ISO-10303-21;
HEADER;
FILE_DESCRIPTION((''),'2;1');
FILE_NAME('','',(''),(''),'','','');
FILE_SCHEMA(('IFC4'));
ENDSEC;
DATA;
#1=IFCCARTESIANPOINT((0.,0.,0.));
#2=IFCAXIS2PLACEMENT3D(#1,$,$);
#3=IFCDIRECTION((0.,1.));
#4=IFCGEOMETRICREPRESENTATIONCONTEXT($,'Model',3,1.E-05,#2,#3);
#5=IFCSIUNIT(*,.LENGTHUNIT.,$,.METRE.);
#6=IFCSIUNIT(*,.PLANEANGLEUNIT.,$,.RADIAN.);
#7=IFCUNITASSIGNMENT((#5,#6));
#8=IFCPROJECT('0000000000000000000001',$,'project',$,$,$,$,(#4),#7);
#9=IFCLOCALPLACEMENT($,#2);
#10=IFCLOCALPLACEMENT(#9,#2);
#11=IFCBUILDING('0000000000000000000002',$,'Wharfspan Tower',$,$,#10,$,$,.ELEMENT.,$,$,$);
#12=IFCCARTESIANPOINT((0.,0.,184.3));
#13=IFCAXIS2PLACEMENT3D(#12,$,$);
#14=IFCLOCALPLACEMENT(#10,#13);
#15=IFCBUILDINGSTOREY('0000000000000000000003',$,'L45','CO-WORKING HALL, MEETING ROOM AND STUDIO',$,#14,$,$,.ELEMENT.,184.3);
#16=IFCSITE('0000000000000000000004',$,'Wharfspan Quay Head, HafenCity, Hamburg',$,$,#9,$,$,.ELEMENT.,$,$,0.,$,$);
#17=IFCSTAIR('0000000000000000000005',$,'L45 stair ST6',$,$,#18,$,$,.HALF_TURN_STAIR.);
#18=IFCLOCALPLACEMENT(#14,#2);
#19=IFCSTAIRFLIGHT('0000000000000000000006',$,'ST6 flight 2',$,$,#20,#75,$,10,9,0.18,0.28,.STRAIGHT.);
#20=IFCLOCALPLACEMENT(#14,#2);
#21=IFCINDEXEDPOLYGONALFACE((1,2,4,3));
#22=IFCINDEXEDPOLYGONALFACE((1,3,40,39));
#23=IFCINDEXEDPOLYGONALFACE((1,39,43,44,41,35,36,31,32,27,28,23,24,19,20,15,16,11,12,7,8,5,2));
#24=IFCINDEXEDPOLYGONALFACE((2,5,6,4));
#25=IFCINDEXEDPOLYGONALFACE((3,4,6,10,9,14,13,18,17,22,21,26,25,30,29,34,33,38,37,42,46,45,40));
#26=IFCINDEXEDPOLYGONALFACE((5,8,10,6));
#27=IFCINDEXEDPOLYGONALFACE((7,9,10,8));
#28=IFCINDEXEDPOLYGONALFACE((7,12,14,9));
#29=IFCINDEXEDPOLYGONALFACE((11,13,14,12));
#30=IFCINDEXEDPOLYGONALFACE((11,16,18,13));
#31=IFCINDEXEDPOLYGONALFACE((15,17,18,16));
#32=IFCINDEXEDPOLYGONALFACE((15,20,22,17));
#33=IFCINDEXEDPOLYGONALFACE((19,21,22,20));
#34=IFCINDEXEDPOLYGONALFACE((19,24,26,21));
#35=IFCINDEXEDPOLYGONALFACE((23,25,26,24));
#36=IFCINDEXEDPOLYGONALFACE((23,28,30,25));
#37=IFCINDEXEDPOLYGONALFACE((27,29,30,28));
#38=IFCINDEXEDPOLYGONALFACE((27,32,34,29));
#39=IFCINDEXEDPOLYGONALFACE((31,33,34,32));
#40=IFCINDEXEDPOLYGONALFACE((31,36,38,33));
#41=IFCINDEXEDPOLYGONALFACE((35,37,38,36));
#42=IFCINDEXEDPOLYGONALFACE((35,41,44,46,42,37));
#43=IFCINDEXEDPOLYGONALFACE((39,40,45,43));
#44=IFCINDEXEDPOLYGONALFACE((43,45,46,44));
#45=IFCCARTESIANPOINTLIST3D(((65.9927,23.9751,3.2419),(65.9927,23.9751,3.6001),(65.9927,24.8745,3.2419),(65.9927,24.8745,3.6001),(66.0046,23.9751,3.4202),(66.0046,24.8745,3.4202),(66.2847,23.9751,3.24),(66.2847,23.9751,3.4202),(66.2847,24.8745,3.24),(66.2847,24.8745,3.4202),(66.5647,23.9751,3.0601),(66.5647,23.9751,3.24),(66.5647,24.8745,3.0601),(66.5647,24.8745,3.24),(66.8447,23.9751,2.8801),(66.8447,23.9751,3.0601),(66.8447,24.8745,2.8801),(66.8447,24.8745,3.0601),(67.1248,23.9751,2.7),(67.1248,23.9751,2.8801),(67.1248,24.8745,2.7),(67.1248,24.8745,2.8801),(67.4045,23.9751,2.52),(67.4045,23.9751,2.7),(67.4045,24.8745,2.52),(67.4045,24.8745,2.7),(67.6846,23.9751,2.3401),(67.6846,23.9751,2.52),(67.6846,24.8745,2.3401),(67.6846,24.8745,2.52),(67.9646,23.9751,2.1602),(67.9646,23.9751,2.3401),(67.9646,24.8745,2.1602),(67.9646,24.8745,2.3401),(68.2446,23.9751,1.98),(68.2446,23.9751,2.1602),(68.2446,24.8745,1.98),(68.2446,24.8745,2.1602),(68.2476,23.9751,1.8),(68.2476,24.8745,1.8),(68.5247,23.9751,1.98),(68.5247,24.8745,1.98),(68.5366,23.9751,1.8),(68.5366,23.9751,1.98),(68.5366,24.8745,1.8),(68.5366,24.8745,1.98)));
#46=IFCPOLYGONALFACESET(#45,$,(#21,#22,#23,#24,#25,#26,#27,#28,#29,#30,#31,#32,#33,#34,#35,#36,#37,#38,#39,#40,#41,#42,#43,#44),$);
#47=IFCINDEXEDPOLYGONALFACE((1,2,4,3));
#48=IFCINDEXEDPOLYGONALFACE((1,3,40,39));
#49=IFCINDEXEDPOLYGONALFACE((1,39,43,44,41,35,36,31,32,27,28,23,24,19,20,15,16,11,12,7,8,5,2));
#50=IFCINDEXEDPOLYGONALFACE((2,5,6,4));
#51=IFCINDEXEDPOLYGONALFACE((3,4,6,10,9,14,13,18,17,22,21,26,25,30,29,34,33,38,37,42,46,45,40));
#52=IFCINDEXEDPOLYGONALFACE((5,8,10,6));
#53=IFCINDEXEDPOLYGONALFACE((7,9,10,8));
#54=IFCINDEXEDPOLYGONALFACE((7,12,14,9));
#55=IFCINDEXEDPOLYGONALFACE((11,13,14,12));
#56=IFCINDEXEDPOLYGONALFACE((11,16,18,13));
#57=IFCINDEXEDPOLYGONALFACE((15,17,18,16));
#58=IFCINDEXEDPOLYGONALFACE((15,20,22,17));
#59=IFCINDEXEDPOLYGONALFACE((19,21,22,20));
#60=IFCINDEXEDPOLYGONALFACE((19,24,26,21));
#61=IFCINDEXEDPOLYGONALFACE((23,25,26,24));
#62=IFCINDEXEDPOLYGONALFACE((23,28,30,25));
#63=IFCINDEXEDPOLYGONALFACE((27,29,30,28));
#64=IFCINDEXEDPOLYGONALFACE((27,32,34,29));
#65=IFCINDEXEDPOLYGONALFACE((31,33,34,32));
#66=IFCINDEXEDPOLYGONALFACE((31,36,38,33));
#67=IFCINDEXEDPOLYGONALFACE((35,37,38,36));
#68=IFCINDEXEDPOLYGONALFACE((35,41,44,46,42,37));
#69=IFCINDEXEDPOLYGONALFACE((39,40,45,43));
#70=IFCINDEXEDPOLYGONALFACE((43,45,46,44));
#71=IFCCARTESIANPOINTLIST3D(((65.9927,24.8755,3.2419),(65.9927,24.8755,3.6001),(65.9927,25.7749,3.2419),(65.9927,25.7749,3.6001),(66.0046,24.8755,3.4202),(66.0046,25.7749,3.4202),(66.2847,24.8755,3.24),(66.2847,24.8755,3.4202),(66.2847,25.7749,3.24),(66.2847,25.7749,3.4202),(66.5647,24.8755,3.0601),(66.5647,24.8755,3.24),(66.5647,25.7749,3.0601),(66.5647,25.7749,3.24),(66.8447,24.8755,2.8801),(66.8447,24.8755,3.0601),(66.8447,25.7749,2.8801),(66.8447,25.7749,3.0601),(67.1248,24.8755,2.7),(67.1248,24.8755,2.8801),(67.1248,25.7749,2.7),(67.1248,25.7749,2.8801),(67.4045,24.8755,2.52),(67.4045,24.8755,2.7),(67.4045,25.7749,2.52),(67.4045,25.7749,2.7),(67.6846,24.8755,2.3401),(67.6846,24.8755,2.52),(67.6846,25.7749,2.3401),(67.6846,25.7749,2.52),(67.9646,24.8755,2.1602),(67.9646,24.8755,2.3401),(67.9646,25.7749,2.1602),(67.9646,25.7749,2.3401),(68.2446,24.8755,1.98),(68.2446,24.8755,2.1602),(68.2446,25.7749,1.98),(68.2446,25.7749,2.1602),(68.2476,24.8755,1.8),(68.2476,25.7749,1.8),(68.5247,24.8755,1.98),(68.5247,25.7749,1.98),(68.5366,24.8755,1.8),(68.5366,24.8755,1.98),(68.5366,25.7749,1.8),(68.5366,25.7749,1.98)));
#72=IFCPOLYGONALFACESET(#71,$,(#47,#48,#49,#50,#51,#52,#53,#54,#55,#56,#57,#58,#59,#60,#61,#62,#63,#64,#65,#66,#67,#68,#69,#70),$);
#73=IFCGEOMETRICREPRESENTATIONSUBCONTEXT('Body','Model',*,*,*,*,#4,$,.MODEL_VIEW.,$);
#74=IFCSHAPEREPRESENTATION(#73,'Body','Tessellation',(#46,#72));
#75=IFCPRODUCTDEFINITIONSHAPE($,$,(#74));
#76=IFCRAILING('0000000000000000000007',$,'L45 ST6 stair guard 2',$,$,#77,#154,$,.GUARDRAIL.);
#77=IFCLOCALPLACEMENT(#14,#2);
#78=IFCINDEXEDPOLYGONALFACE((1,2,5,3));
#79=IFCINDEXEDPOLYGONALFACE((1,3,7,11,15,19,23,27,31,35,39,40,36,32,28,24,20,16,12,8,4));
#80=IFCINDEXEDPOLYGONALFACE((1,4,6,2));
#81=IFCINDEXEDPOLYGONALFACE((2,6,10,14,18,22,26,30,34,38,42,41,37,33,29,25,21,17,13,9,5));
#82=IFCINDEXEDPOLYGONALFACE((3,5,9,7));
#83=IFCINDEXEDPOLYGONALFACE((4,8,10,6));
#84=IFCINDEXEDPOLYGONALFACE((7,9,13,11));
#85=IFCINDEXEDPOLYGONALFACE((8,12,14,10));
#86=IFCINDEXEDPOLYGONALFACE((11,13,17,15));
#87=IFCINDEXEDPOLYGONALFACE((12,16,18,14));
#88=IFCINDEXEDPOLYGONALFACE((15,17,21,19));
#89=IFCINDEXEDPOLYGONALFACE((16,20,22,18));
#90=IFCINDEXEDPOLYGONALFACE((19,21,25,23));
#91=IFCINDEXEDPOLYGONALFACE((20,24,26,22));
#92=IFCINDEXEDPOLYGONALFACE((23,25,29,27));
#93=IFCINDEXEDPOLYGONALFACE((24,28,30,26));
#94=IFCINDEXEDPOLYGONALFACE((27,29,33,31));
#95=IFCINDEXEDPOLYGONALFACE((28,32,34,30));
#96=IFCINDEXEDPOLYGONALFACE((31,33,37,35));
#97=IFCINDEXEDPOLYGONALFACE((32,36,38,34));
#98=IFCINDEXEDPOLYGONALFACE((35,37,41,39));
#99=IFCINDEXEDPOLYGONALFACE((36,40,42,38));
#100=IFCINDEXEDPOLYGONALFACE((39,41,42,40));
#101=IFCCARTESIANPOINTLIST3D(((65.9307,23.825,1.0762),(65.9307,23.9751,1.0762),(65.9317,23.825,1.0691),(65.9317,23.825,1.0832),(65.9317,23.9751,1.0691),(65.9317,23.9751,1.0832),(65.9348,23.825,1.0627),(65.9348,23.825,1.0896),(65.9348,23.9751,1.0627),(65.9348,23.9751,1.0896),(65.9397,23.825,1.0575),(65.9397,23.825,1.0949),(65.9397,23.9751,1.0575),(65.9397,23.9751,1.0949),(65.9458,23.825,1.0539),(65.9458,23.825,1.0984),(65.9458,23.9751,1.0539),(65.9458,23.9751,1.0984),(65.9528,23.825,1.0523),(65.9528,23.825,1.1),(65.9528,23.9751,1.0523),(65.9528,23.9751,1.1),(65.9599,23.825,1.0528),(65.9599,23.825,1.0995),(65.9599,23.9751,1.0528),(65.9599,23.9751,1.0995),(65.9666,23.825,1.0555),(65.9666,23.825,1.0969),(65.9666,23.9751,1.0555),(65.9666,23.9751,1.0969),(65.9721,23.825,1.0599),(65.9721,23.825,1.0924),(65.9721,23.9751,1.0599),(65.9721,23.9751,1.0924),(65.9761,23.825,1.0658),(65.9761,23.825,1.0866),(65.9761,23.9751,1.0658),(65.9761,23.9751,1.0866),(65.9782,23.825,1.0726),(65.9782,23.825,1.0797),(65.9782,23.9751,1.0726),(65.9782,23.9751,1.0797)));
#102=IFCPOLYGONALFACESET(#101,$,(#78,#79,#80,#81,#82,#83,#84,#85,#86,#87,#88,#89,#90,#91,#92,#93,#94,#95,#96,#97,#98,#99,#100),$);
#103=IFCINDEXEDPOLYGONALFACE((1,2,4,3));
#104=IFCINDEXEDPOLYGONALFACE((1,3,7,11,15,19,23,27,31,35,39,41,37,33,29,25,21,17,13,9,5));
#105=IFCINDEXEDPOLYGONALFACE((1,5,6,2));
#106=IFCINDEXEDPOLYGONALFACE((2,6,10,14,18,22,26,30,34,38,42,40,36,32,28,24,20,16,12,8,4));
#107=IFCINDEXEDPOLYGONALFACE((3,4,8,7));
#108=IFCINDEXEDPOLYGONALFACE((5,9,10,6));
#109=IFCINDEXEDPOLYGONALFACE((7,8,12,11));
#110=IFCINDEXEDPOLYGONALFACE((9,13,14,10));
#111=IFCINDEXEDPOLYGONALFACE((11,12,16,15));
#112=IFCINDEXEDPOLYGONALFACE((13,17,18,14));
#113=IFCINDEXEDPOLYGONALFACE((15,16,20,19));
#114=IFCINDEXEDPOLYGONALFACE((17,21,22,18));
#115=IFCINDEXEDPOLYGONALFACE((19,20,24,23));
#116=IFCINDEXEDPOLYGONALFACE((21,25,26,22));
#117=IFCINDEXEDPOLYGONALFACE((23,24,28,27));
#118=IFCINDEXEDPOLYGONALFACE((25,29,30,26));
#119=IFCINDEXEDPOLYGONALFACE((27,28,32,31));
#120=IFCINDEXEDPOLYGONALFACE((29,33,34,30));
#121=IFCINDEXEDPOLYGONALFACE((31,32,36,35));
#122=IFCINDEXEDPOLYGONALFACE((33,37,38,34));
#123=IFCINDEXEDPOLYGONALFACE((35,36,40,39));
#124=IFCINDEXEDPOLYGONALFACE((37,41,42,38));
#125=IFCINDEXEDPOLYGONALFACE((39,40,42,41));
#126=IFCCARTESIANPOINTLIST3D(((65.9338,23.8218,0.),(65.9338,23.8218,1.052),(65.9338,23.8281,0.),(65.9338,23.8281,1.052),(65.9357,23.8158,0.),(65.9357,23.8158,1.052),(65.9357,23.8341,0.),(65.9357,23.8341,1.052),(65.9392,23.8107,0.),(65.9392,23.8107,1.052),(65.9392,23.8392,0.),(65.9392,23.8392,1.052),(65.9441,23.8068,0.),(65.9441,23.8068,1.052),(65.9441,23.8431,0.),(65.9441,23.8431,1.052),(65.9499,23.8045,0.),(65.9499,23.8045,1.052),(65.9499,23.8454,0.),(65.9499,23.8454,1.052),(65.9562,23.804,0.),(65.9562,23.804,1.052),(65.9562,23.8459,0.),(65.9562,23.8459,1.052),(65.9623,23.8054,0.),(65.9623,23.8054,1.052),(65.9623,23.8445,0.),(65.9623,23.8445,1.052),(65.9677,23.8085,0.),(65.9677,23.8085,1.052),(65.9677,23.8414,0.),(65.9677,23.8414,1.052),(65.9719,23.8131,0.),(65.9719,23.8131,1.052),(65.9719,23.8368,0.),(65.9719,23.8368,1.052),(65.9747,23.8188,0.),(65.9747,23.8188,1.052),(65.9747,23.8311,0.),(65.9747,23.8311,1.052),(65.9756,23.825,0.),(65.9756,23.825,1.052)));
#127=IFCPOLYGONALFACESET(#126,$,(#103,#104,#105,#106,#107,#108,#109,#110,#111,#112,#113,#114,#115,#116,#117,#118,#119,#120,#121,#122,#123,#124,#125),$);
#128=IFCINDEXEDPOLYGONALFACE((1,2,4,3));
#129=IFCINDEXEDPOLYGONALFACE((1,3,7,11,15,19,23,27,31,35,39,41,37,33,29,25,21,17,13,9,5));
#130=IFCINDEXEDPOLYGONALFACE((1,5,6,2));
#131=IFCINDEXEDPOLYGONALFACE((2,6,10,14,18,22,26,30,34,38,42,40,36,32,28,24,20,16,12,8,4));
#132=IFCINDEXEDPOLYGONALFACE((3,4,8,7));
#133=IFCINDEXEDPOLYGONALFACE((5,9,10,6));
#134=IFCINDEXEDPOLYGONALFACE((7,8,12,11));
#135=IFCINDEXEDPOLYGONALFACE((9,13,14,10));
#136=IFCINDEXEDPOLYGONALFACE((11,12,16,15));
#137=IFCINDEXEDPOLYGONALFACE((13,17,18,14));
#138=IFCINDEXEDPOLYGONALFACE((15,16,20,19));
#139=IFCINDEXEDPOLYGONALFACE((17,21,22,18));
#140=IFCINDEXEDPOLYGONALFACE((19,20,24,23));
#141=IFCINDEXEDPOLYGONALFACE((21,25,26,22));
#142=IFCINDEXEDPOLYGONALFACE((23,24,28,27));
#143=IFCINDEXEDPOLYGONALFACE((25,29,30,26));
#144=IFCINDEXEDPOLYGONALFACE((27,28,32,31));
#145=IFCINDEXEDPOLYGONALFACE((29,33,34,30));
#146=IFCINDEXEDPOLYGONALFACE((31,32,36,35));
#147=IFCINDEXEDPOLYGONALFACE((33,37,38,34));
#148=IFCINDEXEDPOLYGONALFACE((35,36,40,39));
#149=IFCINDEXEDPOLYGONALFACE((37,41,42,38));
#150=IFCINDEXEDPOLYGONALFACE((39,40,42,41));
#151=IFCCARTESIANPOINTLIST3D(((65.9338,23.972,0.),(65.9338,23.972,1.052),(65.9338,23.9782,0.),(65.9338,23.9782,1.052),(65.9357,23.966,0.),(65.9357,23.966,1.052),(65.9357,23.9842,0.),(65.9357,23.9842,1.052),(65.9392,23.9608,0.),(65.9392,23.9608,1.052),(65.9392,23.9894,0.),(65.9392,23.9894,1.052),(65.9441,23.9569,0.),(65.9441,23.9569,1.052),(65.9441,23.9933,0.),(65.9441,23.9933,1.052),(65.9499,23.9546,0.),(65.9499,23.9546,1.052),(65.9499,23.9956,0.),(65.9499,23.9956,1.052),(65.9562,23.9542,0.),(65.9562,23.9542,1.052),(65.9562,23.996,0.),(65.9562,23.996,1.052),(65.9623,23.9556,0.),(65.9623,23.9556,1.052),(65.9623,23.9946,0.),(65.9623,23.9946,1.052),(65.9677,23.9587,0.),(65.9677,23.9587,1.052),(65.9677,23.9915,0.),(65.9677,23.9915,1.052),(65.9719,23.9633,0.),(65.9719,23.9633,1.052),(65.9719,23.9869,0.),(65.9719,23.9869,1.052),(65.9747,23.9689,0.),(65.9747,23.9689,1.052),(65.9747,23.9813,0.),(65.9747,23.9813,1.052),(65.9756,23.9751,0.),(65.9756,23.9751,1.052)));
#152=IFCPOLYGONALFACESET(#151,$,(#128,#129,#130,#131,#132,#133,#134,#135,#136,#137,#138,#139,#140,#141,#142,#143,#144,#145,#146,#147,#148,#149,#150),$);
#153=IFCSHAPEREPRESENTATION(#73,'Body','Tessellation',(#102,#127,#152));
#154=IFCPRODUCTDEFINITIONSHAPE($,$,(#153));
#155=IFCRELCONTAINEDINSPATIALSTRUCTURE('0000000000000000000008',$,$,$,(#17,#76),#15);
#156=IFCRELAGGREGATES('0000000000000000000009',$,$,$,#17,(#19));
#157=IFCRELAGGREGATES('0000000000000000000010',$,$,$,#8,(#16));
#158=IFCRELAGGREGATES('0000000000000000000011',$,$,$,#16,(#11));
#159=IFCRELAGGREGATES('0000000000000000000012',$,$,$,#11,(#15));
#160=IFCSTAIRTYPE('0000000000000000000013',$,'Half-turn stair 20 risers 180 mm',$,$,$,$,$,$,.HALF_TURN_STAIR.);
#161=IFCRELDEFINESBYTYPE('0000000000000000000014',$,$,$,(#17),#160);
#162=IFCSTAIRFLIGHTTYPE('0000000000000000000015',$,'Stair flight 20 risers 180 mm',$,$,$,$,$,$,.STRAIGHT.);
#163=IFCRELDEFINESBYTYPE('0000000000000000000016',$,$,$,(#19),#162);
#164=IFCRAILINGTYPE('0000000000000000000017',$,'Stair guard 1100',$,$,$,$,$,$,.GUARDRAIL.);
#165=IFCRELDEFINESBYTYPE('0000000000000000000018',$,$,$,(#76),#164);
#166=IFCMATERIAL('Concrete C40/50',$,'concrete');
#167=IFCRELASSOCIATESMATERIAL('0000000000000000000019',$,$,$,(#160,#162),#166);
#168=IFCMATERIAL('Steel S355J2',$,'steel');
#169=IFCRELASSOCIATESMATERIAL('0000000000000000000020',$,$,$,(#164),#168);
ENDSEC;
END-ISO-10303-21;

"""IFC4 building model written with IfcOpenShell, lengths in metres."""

from ifc_helpers import new_model, si_unit, direction, frame, origin, origin_2d, place, context, subcontext, project, spatial, polyline, circle, outline, extrude, material, type_object, element, aggregate, save


model = new_model("IFC4")

# Units and contexts
model_context = context("Model", 3, precision=1e-05, world=origin(), true_north=direction((0.0, 1.0)))
body_context = subcontext(model_context, "Body", "Model", "MODEL_VIEW")
ifc_project = project(units=[si_unit("LENGTHUNIT", "METRE"), si_unit("PLANEANGLEUNIT", "RADIAN")], contexts=[model_context])

# Site, building, storey
site_placement = place(None, origin())
site = spatial("IfcSite", under=ifc_project, at=site_placement, Name="Wharfspan Quay Head, HafenCity, Hamburg", CompositionType="ELEMENT", RefElevation=0.0)
building_placement = place(site_placement, origin())
building = spatial("IfcBuilding", under=site, at=building_placement, Name="Wharfspan Tower", CompositionType="ELEMENT")
storey_placement = place(building_placement, frame((0.0, 0.0, 184.3)))
storey = spatial("IfcBuildingStorey", under=building, at=storey_placement, Name="L45", Description="CO-WORKING HALL, MEETING ROOM AND STUDIO", CompositionType="ELEMENT", Elevation=184.3)

# Shared definitions
ifc_material_1 = material(Name="Steel S355J2", Category="steel")

# Shared definitions
ifc_material_2 = material(Name="Concrete C40/50", Category="concrete")

# Stair, stair flight
stair_type = type_object("IfcStairType", Name="Half-turn stair 20 risers 180 mm", PredefinedType="HALF_TURN_STAIR", material=ifc_material_2)
stair_placement = place(storey_placement, origin())
stair = element("IfcStair", 1, at=stair_placement, inside=storey, type_object=stair_type, Name="L45 stair ST6", PredefinedType="HALF_TURN_STAIR")
stair_flight_type = type_object("IfcStairFlightType", Name="Stair flight 20 risers 180 mm", PredefinedType="STRAIGHT", material=ifc_material_2)
stair_flight_1_placement = place(storey_placement, frame((68.5247, 24.875, 1.8), z_axis=(0.0, 0.0, 1.0), x_axis=(-1.0, 0.0, 0.0)))
stair_flight_1 = element("IfcStairFlight", 2, at=stair_flight_1_placement, type_object=stair_flight_type, Name="ST6 flight 2", NumberOfRisers=10, NumberOfTreads=9, PredefinedType="STRAIGHT", RiserHeight=0.18, TreadLength=0.28, context=body_context, shape_type="SweptSolid", body=[
    extrude(outline(polyline([(-0.012, 0.0), (-0.012, 0.1799), (0.0, 0.1799), (0.28, 0.1799), (0.28, 0.3601), (0.5601, 0.3601), (0.5601, 0.54), (0.8401, 0.54), (0.8401, 0.72), (1.1201, 0.72), (1.1201, 0.8999), (1.3999, 0.8999), (1.3999, 1.0801), (1.6799, 1.0801), (1.6799, 1.26), (1.96, 1.26), (1.96, 1.4399), (2.24, 1.4399), (2.24, 1.6201), (2.52, 1.6201), (2.532, 1.8), (2.532, 1.4419), (0.2771, 0.0), (-0.012, 0.0)])), frame((0.0, 0.8999, 0.0), z_axis=(0.0, -1.0, 0.0), x_axis=(1.0, 0.0, 0.0)), (0.0, 0.0, 1.0), 0.8994),
    extrude(outline(polyline([(-0.012, 0.0), (-0.012, 0.1799), (0.0, 0.1799), (0.28, 0.1799), (0.28, 0.3601), (0.5601, 0.3601), (0.5601, 0.54), (0.8401, 0.54), (0.8401, 0.72), (1.1201, 0.72), (1.1201, 0.8999), (1.3999, 0.8999), (1.3999, 1.0801), (1.6799, 1.0801), (1.6799, 1.26), (1.96, 1.26), (1.96, 1.4399), (2.24, 1.4399), (2.24, 1.6201), (2.52, 1.6201), (2.532, 1.8), (2.532, 1.4419), (0.2771, 0.0), (-0.012, 0.0)])), frame((0.0, -0.0005, 0.0), z_axis=(0.0, -1.0, 0.0), x_axis=(1.0, 0.0, 0.0)), (0.0, 0.0, 1.0), 0.8994),
])
aggregate(stair, [stair_flight_1])

# Railing
railing_type_1 = type_object("IfcRailingType", Name="Stair guard 1100", PredefinedType="GUARDRAIL", material=ifc_material_1)
railing_1_placement = place(storey_placement, frame((65.9546, 23.825, 0.0)))
element("IfcRailing", 3, at=railing_1_placement, inside=storey, type_object=railing_type_1, Name="L45 ST6 stair guard 2", PredefinedType="GUARDRAIL", context=body_context, shape_type="SweptSolid", body=[
    extrude(circle(Radius=0.0239, at=origin_2d()), frame((0.0, 0.0, 1.0762), z_axis=(0.0, 1.0, 0.0), x_axis=(-1.0, 0.0, 0.0)), (0.0, 0.0, 1.0), 0.1501),
    extrude(circle(Radius=0.021, at=origin_2d()), origin(), (0.0, 0.0, 1.0), 1.052),
    extrude(circle(Radius=0.021, at=origin_2d()), frame((0.0, 0.1501, 0.0)), (0.0, 0.0, 1.0), 1.052),
])

save(model, "model.ifc")
